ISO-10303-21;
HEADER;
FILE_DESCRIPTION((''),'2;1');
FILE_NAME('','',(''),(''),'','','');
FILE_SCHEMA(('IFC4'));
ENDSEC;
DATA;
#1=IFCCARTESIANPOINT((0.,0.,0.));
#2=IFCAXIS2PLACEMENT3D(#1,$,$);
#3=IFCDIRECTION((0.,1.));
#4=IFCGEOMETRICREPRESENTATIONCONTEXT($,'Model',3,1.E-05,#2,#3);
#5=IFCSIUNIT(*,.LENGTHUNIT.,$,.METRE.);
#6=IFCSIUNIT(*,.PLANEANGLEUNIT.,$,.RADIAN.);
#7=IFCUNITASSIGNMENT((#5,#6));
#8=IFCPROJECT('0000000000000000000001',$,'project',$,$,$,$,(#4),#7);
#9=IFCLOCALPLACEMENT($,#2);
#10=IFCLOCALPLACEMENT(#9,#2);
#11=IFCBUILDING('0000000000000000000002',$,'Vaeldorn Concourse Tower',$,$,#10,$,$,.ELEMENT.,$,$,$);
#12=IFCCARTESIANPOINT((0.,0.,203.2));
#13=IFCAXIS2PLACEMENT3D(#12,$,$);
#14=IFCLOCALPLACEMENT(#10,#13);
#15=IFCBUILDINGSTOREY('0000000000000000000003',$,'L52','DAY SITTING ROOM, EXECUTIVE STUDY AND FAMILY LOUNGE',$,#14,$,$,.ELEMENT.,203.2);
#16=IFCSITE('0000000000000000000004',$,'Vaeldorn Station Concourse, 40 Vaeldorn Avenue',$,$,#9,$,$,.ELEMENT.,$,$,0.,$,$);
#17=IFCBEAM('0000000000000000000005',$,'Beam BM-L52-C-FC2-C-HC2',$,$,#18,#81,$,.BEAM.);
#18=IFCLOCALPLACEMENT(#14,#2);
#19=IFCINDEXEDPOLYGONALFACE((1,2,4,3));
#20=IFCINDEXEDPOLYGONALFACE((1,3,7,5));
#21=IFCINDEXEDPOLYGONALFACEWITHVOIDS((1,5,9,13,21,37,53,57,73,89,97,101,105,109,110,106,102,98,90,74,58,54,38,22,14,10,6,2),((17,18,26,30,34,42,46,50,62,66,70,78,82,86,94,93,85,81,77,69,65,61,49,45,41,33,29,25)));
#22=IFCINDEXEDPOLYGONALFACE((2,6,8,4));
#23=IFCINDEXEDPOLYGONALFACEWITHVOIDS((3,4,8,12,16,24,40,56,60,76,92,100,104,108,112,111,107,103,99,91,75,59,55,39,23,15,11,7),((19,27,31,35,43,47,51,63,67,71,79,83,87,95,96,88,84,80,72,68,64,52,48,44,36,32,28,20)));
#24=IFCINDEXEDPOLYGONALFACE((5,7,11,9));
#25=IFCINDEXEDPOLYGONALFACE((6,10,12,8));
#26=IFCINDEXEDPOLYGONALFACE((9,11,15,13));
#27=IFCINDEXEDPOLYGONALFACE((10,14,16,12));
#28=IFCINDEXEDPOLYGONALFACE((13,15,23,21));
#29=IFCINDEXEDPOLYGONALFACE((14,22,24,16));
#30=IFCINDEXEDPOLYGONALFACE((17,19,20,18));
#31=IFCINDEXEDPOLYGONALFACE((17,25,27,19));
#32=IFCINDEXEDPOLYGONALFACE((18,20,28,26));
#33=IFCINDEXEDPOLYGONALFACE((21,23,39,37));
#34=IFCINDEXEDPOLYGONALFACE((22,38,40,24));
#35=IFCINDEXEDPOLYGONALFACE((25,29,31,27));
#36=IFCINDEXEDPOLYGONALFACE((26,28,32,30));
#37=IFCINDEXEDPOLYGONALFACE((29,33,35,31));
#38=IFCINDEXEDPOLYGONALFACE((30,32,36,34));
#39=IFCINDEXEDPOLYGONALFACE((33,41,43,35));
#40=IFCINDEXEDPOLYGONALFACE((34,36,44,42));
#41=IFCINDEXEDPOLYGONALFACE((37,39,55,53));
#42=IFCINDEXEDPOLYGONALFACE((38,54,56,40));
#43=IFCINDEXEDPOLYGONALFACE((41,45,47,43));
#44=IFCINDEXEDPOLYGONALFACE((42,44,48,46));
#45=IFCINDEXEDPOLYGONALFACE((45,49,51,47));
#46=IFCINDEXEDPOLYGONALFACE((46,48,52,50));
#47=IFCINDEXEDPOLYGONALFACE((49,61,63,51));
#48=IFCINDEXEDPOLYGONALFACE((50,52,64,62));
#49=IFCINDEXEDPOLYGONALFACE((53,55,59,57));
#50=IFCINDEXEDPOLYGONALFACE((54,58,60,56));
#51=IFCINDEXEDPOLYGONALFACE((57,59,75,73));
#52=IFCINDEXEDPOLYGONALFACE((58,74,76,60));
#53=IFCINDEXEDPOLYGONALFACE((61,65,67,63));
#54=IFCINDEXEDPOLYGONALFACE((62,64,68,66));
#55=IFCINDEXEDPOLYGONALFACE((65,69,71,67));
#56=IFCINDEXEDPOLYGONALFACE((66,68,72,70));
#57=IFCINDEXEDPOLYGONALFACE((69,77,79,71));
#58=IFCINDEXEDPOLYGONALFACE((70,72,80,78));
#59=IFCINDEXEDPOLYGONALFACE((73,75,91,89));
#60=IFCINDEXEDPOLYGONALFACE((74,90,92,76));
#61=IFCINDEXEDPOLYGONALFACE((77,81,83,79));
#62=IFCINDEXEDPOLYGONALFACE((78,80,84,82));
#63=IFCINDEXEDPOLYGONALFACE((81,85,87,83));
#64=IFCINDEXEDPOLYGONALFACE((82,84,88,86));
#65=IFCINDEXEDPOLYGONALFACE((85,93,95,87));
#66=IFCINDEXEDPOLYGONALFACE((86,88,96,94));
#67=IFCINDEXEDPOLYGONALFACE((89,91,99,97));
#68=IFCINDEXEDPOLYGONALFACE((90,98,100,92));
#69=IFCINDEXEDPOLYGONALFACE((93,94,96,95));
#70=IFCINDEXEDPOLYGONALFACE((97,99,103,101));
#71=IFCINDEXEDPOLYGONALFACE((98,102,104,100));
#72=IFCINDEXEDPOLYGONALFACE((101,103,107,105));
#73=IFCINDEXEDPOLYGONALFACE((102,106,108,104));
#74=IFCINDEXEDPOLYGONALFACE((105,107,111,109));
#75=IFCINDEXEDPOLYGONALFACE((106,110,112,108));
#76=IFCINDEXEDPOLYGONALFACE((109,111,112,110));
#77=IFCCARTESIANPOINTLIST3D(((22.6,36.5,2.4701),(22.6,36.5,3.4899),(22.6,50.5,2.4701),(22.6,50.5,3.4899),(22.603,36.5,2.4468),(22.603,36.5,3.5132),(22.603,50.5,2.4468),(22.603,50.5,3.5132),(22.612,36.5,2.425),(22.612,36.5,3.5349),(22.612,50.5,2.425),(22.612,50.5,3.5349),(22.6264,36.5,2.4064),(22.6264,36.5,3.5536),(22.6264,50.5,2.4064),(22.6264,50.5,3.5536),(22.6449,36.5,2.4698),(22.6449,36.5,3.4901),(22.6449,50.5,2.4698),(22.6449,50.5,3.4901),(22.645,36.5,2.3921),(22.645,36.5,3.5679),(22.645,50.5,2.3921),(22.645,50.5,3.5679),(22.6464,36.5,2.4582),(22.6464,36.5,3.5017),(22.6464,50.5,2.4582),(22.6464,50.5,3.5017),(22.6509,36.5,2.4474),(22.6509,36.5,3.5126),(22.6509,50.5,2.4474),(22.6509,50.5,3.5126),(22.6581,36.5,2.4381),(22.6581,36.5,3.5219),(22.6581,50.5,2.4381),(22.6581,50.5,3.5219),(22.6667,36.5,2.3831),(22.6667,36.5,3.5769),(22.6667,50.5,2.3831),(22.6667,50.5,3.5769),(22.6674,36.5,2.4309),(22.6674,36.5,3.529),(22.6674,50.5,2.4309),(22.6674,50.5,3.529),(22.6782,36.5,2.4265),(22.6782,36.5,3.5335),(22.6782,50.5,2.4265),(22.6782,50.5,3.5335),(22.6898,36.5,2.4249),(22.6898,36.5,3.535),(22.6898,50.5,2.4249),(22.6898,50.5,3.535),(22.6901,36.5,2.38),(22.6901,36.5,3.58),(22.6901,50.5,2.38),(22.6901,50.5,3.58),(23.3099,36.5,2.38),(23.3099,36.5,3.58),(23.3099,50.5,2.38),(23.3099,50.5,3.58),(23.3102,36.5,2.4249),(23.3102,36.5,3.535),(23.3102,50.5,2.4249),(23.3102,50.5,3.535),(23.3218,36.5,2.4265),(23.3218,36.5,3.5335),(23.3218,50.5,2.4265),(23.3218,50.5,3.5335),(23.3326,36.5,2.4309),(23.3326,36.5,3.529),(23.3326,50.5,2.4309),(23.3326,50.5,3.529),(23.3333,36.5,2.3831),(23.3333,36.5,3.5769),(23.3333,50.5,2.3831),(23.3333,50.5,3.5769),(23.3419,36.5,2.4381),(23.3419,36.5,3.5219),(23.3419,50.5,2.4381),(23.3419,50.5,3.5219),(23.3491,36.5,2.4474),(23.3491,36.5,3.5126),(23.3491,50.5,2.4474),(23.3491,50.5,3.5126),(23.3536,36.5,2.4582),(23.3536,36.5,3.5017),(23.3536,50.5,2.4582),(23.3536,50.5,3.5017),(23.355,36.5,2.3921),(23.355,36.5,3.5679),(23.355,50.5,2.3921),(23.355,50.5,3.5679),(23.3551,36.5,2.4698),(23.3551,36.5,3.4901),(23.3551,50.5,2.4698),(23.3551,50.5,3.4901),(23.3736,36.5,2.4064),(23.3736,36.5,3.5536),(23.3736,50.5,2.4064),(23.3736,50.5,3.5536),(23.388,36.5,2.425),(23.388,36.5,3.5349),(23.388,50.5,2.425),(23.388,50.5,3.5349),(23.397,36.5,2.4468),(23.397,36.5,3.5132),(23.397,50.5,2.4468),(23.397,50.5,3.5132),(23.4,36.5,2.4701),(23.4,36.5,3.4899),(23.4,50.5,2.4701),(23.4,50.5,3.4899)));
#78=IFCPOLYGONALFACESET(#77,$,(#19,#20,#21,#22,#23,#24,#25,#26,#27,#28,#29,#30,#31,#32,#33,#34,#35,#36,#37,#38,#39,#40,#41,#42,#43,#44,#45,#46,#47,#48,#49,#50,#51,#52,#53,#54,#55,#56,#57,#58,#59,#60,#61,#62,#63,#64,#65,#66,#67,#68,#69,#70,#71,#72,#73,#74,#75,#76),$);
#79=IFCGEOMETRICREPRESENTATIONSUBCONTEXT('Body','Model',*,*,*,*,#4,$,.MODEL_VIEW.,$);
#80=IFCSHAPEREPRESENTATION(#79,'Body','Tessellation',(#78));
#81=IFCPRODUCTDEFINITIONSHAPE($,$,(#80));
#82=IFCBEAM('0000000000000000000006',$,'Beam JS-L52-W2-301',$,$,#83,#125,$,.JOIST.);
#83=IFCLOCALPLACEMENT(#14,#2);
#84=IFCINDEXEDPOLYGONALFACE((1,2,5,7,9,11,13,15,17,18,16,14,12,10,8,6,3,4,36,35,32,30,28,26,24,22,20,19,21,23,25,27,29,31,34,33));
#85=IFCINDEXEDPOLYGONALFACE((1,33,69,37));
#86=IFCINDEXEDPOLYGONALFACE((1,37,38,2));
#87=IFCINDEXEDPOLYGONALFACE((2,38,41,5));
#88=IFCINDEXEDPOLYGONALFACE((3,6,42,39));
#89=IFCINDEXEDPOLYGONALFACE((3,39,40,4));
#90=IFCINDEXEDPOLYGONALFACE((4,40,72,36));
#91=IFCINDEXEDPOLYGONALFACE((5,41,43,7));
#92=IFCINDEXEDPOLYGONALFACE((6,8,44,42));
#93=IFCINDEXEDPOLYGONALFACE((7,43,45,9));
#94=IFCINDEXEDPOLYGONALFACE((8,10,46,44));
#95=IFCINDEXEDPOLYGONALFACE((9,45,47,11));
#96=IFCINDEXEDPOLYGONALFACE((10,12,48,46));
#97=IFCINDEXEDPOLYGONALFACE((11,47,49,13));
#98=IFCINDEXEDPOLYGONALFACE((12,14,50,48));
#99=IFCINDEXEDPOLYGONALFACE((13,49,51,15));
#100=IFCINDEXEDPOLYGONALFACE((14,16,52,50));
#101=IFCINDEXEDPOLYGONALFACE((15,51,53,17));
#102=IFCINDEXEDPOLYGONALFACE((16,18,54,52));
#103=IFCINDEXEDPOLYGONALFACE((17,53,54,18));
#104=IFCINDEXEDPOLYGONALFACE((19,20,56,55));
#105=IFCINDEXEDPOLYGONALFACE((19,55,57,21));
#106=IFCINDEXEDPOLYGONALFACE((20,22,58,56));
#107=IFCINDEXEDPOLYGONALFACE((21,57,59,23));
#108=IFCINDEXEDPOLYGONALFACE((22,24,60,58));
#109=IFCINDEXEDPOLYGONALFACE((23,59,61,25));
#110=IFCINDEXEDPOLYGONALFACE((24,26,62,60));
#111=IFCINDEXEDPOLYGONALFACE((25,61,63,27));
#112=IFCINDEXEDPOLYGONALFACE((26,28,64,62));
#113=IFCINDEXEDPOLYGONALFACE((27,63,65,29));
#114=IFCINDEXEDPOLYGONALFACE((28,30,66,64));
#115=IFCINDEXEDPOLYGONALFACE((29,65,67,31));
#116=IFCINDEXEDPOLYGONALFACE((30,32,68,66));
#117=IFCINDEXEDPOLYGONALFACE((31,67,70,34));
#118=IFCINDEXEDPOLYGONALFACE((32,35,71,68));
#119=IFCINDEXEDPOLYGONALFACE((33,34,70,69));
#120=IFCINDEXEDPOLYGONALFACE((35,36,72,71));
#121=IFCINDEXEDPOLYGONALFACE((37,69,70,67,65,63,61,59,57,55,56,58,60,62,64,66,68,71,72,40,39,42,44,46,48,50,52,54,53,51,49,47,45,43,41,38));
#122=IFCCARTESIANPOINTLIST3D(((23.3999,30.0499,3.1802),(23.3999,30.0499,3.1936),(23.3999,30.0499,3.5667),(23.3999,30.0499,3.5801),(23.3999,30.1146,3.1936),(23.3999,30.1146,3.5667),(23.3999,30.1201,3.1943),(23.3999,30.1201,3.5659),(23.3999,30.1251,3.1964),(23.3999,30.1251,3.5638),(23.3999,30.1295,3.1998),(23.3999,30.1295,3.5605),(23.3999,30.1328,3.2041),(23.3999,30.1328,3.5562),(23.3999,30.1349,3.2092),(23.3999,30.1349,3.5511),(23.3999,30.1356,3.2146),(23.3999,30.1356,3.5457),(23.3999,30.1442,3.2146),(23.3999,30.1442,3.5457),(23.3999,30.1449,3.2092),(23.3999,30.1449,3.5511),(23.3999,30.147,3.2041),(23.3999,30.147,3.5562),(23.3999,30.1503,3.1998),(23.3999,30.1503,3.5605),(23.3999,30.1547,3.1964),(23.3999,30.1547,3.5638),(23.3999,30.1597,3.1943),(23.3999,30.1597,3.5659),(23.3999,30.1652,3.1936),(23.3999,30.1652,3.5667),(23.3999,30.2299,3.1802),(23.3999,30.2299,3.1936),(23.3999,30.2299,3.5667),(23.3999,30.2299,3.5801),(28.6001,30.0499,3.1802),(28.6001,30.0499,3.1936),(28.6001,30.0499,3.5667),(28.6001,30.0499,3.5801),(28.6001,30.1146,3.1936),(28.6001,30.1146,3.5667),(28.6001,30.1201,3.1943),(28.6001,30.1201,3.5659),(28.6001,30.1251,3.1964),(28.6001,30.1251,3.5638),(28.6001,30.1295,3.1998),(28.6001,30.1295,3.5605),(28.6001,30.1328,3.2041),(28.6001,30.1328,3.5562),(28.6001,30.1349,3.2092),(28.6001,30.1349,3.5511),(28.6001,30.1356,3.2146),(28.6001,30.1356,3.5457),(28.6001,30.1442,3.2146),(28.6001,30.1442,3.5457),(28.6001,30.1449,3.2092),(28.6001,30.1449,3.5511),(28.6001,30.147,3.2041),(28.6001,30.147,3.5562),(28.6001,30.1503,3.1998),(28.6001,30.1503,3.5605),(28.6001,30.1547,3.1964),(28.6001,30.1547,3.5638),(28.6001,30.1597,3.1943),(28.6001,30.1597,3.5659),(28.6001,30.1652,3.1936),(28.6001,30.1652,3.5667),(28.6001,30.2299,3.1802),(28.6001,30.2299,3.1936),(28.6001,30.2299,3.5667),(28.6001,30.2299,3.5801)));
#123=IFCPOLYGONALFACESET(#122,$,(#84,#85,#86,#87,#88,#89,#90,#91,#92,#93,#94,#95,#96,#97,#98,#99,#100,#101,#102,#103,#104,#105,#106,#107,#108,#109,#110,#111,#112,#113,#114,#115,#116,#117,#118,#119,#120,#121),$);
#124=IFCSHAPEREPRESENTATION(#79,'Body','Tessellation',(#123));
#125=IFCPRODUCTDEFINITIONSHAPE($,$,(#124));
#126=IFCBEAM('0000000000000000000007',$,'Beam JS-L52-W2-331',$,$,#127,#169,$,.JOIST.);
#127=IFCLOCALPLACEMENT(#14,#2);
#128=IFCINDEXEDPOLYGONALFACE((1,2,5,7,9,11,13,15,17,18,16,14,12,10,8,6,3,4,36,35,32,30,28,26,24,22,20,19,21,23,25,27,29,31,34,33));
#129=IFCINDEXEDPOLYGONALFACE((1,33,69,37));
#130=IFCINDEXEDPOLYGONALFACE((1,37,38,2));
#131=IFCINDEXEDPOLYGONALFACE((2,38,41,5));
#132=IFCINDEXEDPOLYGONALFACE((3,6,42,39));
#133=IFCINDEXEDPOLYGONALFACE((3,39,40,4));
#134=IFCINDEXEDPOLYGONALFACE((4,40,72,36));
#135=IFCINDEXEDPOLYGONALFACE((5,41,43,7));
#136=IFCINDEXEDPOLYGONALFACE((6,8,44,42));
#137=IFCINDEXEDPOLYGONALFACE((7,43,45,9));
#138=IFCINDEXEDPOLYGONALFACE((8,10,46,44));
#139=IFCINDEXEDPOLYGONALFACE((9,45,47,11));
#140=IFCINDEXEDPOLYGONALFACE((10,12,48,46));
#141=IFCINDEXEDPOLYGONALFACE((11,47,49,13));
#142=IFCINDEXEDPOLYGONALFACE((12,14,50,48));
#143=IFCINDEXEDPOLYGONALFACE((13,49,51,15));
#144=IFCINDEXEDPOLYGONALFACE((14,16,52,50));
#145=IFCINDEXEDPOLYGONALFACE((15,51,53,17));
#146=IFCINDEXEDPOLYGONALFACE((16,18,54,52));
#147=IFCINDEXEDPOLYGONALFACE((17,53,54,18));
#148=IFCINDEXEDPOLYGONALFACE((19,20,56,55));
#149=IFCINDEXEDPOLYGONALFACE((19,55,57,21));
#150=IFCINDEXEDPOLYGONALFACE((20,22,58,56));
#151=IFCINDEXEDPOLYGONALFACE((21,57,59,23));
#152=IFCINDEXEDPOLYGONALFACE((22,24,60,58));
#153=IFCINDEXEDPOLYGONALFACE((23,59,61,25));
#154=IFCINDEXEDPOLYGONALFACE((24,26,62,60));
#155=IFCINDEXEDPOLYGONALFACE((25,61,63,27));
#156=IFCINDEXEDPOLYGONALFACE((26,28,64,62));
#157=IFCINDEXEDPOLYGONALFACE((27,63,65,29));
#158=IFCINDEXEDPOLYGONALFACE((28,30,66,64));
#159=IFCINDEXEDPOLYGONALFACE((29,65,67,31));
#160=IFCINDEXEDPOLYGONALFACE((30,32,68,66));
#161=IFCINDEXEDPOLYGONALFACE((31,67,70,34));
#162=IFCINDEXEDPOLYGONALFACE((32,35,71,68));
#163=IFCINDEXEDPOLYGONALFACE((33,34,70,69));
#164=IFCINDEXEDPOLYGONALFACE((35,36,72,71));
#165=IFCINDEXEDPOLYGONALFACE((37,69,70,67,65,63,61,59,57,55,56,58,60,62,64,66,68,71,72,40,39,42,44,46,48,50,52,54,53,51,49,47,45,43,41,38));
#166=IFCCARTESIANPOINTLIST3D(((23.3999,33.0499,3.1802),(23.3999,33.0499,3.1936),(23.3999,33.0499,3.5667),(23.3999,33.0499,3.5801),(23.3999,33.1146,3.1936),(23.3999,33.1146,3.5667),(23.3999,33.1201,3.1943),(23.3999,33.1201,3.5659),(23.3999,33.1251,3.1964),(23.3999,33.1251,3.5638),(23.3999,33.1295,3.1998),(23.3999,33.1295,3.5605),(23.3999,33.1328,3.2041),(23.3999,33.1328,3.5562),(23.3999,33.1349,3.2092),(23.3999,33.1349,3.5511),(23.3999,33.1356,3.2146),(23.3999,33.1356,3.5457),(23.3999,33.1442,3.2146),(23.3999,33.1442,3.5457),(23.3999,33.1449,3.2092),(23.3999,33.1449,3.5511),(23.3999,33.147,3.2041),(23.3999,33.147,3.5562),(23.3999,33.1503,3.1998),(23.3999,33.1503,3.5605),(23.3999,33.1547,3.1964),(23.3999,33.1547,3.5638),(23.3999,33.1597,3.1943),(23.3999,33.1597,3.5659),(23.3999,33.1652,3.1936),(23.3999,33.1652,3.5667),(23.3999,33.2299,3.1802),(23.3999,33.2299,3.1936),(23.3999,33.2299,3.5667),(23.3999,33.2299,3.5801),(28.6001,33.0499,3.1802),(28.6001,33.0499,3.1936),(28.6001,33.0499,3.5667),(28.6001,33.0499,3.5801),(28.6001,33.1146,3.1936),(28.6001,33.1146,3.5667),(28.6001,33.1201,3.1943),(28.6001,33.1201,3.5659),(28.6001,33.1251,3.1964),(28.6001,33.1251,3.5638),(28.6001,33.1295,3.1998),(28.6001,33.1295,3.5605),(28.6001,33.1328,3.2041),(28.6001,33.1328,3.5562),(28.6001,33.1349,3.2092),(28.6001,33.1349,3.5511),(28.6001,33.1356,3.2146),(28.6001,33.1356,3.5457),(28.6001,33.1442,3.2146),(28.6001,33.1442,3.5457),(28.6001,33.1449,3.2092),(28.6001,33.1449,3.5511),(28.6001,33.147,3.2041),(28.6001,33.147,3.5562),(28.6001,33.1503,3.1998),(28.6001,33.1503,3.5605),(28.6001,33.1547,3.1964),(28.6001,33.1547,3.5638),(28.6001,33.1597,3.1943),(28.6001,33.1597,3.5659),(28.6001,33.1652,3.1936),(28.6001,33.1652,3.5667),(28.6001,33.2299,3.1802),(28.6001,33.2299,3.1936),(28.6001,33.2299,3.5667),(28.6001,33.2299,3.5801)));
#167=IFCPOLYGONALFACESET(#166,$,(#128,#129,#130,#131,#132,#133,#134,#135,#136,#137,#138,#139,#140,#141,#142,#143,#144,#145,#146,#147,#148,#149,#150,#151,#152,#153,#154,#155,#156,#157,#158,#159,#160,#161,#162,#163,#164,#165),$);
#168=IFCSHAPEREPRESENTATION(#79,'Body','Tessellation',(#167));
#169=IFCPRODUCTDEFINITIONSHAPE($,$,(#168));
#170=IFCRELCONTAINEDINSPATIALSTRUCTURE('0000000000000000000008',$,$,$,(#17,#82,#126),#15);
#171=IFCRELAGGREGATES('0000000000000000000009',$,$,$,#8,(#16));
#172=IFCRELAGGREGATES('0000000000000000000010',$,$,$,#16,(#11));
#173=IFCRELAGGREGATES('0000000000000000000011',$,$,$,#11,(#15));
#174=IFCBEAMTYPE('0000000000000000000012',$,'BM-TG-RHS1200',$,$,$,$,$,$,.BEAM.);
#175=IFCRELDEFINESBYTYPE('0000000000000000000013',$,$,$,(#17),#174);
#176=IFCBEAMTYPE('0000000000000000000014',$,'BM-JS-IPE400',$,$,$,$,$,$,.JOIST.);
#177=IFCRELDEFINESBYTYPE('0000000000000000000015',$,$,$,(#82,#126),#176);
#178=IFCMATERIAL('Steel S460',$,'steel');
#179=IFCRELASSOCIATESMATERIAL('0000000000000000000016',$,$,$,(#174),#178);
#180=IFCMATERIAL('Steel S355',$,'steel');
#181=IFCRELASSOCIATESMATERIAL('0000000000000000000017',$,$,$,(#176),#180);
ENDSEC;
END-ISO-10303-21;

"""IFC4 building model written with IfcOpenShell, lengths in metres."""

from ifc_helpers import new_model, si_unit, direction, frame, origin, origin_2d, place, context, subcontext, project, spatial, hollow_rectangle, i_section, extrude, source, transform, mapped, material, material_profile, profile_set, type_object, element, save


model = new_model("IFC4")

# Units and contexts
model_context = context("Model", 3, precision=1e-05, world=origin(), true_north=direction((0.0, 1.0)))
body_context = subcontext(model_context, "Body", "Model", "MODEL_VIEW")
ifc_project = project(units=[si_unit("LENGTHUNIT", "METRE"), si_unit("PLANEANGLEUNIT", "RADIAN")], contexts=[model_context])

# Site, building, storey
site_placement = place(None, origin())
site = spatial("IfcSite", under=ifc_project, at=site_placement, Name="Vaeldorn Station Concourse, 40 Vaeldorn Avenue", CompositionType="ELEMENT", RefElevation=0.0)
building_placement = place(site_placement, origin())
building = spatial("IfcBuilding", under=site, at=building_placement, Name="Vaeldorn Concourse Tower", CompositionType="ELEMENT")
storey_placement = place(building_placement, frame((0.0, 0.0, 203.2)))
storey = spatial("IfcBuildingStorey", under=building, at=storey_placement, Name="L52", Description="DAY SITTING ROOM, EXECUTIVE STUDY AND FAMILY LOUNGE", CompositionType="ELEMENT", Elevation=203.2)

# Shared definitions
ifc_material_1 = material(Name="Steel S460", Category="steel")
ifc_material_2 = material(Name="Steel S355", Category="steel")

# Beams
ifc_material_profile_1 = material_profile(ifc_material_1, hollow_rectangle(XDim=0.8, YDim=1.2, WallThickness=0.0449, InnerFilletRadius=0.0449, OuterFilletRadius=0.0901, at=origin_2d()), Name="RHS 1200x800x45")
ifc_profile_set_1 = profile_set([ifc_material_profile_1], Name="Steel S460")
beam_type_1 = type_object("IfcBeamType", Name="BM-TG-RHS1200", PredefinedType="BEAM", material=ifc_profile_set_1)
shared_shape_1 = source(origin(), body_context, "Body", "SweptSolid", [
    extrude(hollow_rectangle(XDim=0.8, YDim=1.2, WallThickness=0.0449, InnerFilletRadius=0.0449, OuterFilletRadius=0.0901, at=origin_2d()), origin(), (0.0, 0.0, 1.0), 14.0),
])
beam_1_placement = place(storey_placement, frame((23.0, 36.5, 2.98), z_axis=(0.0, 1.0, 0.0), x_axis=(-1.0, 0.0, 0.0)))
element("IfcBeam", 1, at=beam_1_placement, inside=storey, type_object=beam_type_1, Name="Beam BM-L52-C-FC2-C-HC2", PredefinedType="BEAM", context=body_context, shape_type="MappedRepresentation", body=[
    mapped(shared_shape_1, transform((0.0, 0.0, 0.0), scale=1.0)),
])
ifc_material_profile_2 = material_profile(ifc_material_2, i_section(OverallWidth=0.1799, OverallDepth=0.3999, WebThickness=0.0085, FlangeThickness=0.0134, FilletRadius=0.021, at=origin_2d()), Name="IPE 400")
ifc_profile_set_2 = profile_set([ifc_material_profile_2], Name="Steel S355")
beam_type_2 = type_object("IfcBeamType", Name="BM-JS-IPE400", PredefinedType="JOIST", material=ifc_profile_set_2)
shared_shape_2 = source(origin(), body_context, "Body", "SweptSolid", [
    extrude(i_section(OverallWidth=0.1799, OverallDepth=0.3999, WebThickness=0.0085, FlangeThickness=0.0134, FilletRadius=0.021, at=origin_2d()), origin(), (0.0, 0.0, 1.0), 5.2002),
])
for number, where, z_axis, x_axis, name in (
    (2, (23.3999, 30.1399, 3.3801), (1.0, 0.0, 0.0), (0.0, 1.0, 0.0), "Beam JS-L52-W2-301"),
    (3, (23.3999, 33.1399, 3.3801), (1.0, 0.0, 0.0), (0.0, 1.0, 0.0), "Beam JS-L52-W2-331"),
):
    element("IfcBeam", number, at=place(storey_placement, frame(where, z_axis=z_axis, x_axis=x_axis)), inside=storey, type_object=beam_type_2, Name=name, PredefinedType="JOIST", context=body_context, shape_type="MappedRepresentation", body=[
        mapped(shared_shape_2, transform((0.0, 0.0, 0.0), scale=1.0)),
    ])

save(model, "model.ifc")
